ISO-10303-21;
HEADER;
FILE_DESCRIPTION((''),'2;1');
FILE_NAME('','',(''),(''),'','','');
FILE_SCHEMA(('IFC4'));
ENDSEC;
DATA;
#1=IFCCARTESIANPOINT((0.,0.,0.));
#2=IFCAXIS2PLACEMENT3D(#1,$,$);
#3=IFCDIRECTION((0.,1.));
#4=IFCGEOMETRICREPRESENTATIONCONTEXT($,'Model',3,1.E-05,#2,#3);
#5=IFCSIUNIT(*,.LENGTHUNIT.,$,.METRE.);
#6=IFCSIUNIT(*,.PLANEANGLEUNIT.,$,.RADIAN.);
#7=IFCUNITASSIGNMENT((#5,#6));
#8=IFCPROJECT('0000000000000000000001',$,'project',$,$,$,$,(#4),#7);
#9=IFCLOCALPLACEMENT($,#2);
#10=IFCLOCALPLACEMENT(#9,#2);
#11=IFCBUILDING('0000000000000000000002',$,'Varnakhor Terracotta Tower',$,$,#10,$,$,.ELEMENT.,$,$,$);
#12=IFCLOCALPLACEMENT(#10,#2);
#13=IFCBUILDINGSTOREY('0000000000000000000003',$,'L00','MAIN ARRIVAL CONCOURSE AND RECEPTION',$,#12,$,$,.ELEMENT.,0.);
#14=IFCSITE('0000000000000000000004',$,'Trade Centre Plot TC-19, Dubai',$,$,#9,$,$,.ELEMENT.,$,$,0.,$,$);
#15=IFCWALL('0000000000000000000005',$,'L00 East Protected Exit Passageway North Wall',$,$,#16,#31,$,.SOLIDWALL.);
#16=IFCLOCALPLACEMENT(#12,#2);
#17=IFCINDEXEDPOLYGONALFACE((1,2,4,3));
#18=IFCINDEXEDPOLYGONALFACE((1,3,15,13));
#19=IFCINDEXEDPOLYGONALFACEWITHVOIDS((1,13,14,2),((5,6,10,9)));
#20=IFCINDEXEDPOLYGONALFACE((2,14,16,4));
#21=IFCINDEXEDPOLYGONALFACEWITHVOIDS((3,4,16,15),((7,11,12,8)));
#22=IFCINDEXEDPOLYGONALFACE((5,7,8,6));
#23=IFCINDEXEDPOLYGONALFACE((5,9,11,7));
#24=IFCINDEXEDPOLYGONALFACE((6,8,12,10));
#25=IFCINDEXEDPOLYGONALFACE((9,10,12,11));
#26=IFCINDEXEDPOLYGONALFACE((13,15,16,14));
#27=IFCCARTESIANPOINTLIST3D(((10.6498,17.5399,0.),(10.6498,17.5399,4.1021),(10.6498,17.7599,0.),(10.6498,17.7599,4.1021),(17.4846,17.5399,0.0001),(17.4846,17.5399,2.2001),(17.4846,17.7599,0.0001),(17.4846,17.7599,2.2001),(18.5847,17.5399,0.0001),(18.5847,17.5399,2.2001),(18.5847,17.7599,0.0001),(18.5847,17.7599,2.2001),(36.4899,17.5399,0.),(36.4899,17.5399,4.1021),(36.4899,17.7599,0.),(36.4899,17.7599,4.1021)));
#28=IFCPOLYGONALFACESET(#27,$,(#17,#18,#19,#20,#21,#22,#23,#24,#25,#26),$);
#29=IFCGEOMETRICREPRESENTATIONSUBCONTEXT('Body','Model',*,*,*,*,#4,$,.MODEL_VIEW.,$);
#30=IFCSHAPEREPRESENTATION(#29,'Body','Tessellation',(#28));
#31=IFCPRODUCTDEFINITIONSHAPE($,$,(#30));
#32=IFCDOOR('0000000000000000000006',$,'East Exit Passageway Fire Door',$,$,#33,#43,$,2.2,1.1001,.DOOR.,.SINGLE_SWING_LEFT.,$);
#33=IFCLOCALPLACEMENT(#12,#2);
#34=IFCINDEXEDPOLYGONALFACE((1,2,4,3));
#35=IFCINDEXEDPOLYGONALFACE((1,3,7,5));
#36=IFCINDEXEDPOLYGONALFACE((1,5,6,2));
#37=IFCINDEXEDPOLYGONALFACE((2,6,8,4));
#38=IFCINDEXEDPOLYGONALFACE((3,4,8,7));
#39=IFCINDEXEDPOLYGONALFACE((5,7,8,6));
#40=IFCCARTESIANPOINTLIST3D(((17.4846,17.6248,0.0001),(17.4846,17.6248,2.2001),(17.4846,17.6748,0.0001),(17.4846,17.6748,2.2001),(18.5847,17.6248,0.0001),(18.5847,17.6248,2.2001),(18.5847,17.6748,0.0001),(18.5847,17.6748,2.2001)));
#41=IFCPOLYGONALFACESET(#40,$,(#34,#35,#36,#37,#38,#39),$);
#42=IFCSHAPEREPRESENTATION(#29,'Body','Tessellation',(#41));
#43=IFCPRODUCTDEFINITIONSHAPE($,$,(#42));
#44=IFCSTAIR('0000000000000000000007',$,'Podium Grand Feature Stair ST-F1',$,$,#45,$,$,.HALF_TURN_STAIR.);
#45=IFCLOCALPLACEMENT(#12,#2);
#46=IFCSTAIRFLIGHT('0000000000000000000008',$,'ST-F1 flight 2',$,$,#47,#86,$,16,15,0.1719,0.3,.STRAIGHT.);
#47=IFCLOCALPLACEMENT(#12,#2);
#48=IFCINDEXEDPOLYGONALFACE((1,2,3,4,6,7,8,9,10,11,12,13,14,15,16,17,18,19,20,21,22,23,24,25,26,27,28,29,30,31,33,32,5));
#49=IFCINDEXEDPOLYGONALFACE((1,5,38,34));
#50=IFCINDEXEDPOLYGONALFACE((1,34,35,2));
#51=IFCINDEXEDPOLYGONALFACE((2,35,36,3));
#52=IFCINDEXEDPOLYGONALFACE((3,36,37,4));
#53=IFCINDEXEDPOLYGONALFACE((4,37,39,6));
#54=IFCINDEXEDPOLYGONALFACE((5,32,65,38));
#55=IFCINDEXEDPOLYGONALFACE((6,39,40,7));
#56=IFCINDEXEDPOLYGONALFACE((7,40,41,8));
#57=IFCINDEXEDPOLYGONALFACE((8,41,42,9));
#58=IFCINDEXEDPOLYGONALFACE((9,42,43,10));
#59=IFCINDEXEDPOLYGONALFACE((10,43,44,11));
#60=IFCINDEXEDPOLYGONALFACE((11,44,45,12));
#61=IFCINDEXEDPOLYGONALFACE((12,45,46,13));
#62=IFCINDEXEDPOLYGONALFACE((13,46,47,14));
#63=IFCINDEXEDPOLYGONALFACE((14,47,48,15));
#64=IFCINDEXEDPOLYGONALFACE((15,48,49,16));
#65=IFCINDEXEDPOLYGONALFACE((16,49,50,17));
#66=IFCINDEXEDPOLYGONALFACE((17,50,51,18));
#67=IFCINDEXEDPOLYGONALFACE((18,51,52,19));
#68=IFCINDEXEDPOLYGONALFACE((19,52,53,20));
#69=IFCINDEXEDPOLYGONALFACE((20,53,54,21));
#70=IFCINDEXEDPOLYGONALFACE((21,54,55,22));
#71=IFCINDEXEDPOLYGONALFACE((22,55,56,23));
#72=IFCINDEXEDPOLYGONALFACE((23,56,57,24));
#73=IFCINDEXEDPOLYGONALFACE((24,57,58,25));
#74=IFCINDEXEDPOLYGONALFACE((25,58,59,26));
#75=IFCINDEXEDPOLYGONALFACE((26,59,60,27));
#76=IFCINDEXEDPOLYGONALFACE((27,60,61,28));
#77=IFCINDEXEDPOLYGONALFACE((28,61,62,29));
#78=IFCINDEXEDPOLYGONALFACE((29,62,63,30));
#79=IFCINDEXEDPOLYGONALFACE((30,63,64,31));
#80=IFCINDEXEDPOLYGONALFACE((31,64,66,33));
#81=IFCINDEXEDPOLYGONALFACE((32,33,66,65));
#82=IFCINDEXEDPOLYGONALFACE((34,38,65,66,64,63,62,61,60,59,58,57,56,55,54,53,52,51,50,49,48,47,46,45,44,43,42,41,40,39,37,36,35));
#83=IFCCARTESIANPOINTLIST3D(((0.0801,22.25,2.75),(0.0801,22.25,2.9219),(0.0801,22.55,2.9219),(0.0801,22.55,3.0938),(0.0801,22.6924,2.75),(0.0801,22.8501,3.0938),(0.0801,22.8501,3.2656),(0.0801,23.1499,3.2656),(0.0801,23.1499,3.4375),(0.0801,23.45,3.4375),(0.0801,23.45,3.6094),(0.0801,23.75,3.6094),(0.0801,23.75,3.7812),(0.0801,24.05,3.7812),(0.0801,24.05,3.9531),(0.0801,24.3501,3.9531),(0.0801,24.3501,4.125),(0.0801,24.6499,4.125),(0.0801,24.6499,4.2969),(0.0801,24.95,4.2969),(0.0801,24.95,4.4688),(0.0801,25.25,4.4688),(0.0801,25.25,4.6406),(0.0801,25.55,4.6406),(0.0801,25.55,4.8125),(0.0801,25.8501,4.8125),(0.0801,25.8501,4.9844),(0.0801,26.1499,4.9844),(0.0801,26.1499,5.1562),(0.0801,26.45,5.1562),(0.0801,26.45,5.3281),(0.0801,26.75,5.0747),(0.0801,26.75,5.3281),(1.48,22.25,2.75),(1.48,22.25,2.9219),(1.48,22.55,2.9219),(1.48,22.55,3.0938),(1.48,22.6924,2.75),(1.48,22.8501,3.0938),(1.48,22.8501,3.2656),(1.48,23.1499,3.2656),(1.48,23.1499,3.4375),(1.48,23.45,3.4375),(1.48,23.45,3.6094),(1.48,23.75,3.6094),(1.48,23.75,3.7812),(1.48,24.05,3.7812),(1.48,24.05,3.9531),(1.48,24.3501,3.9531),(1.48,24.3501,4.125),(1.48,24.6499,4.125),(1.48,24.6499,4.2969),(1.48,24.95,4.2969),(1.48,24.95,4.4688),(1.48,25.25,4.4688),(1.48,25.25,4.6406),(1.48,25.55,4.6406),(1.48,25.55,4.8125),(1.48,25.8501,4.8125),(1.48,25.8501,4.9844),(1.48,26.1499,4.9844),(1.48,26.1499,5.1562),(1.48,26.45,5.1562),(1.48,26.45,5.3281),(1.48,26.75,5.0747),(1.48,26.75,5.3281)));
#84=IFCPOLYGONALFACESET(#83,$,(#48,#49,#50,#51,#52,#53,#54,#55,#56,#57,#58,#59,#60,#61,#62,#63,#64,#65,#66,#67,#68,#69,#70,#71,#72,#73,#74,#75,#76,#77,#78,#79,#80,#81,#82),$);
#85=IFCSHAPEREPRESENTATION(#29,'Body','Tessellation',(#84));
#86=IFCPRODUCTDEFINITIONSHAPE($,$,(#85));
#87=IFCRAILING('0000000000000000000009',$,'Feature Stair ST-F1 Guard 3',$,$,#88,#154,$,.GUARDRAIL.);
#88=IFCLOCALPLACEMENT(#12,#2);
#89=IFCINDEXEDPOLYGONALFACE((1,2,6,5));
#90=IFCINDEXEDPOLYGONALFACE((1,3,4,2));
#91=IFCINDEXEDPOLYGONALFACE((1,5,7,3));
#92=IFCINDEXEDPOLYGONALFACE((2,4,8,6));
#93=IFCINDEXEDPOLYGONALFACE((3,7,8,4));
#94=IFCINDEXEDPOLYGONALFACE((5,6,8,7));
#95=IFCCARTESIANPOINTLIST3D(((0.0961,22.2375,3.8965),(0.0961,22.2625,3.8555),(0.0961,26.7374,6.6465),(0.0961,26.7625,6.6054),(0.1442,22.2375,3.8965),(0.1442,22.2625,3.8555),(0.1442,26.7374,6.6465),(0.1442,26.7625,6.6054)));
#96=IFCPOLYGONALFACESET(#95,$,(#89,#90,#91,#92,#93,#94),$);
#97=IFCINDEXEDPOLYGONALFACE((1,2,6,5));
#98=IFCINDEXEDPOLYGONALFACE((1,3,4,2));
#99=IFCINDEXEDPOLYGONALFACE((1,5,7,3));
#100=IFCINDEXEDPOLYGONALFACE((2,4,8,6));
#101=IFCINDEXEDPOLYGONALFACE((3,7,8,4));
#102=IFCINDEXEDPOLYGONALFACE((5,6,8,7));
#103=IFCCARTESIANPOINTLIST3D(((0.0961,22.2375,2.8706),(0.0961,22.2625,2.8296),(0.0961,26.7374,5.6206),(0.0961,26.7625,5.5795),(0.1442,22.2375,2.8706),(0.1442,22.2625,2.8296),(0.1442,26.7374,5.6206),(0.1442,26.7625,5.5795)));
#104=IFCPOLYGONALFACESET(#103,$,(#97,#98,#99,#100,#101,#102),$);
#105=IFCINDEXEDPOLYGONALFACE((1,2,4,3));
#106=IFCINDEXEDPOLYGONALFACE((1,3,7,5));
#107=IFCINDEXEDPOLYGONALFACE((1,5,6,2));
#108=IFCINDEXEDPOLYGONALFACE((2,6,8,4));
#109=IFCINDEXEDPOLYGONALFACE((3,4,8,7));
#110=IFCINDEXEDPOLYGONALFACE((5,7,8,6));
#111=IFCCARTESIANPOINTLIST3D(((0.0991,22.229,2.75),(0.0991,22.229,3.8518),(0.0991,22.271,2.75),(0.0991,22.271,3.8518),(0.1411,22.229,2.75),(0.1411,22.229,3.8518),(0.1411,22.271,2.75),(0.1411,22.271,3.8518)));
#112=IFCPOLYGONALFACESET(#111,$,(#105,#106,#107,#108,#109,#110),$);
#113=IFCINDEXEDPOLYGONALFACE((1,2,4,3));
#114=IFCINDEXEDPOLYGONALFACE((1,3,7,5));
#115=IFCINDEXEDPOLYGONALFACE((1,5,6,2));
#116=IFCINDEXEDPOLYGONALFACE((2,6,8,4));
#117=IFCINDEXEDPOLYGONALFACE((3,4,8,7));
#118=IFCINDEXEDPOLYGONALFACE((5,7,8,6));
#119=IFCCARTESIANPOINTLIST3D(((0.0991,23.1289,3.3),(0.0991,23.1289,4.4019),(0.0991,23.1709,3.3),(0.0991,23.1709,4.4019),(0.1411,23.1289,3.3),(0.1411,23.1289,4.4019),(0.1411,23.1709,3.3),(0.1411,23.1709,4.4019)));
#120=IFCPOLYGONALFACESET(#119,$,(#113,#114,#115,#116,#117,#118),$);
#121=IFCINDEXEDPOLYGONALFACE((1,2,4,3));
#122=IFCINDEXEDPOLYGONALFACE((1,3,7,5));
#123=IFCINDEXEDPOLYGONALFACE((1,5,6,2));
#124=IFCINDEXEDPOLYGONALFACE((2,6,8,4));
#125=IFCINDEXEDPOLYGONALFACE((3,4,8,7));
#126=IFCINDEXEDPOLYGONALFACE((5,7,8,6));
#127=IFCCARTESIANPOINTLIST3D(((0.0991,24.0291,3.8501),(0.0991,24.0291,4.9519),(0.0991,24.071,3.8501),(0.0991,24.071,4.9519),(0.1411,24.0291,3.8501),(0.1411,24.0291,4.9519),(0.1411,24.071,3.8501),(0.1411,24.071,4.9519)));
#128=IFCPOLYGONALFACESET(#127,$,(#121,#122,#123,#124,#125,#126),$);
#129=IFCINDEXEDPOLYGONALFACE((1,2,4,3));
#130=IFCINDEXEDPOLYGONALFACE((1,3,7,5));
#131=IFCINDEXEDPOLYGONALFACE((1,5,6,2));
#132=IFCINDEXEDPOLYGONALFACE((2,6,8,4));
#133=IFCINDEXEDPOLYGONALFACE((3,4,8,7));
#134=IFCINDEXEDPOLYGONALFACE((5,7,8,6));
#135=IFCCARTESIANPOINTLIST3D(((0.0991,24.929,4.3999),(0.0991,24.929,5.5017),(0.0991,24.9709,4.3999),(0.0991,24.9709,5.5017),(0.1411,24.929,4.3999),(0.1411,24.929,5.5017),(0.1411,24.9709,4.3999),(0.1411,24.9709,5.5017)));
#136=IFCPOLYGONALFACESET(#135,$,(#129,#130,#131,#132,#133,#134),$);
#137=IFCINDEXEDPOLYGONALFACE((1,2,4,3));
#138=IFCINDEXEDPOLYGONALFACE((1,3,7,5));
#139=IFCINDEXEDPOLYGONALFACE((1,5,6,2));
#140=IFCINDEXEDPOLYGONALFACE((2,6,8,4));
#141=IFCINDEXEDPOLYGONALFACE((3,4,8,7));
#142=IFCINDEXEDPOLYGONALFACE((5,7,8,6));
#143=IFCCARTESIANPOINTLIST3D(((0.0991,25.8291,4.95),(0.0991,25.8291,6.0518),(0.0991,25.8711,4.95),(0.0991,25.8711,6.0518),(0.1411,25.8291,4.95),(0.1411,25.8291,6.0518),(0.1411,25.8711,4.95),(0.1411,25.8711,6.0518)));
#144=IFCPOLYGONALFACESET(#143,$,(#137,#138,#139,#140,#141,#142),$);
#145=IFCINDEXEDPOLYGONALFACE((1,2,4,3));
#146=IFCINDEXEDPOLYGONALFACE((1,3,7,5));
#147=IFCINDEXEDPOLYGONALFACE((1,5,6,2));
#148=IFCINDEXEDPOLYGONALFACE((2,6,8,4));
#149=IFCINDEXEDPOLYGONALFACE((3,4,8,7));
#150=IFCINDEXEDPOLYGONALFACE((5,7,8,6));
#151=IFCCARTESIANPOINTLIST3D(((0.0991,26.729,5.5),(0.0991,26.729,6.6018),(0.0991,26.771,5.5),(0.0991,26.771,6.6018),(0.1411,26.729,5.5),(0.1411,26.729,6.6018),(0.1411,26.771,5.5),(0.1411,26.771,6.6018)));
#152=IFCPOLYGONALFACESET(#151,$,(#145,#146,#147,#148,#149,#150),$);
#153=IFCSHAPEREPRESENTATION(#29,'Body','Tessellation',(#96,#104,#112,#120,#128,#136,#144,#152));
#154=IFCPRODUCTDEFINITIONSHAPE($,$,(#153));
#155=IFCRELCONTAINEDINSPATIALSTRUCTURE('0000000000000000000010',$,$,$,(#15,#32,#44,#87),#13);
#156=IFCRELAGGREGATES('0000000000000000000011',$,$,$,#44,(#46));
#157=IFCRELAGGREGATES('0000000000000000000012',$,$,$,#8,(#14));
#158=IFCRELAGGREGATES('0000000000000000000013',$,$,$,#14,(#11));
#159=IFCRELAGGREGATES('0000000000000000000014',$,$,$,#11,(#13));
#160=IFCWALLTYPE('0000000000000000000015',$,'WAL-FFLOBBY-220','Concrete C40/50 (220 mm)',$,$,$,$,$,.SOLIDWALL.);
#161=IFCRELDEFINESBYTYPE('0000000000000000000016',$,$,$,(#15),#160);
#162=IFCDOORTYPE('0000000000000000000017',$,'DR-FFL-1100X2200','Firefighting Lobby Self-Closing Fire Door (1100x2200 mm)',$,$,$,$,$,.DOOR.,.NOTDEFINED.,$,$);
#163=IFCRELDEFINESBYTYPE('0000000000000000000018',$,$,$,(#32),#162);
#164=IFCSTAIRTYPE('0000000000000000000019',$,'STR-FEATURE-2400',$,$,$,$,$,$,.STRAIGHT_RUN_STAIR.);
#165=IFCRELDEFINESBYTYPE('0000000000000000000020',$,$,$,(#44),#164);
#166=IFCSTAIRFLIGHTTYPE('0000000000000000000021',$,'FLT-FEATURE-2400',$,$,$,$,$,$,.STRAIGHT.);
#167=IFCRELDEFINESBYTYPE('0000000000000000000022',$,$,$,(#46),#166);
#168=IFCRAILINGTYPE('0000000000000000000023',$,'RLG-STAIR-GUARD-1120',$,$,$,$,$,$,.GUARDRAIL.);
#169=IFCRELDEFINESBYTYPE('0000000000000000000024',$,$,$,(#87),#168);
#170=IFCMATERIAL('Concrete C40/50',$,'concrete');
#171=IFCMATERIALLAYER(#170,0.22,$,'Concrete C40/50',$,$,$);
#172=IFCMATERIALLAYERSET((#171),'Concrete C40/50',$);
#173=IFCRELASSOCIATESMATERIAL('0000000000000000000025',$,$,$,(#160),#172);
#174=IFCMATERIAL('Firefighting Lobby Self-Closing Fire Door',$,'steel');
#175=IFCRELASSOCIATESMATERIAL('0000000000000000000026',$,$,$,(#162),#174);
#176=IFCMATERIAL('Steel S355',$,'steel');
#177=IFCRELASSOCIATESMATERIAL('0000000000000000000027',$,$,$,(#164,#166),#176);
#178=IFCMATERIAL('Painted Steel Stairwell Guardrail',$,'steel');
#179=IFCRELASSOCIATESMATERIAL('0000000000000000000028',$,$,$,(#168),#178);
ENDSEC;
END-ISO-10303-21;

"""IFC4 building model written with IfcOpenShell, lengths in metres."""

from ifc_helpers import new_model, si_unit, direction, frame, frame_2d, origin, origin_2d, place, context, subcontext, project, spatial, polyline, rectangle, outline, extrude, source, transform, mapped, material, layer, layer_set, type_object, type_shapes, element, fill, aggregate, save


model = new_model("IFC4")

# Units and contexts
model_context = context("Model", 3, precision=1e-05, world=origin(), true_north=direction((0.0, 1.0)))
body_context = subcontext(model_context, "Body", "Model", "MODEL_VIEW")
ifc_project = project(units=[si_unit("LENGTHUNIT", "METRE"), si_unit("PLANEANGLEUNIT", "RADIAN")], contexts=[model_context])

# Site, building, storey
site_placement = place(None, origin())
site = spatial("IfcSite", under=ifc_project, at=site_placement, Name="Trade Centre Plot TC-19, Dubai", CompositionType="ELEMENT", RefElevation=0.0)
building_placement = place(site_placement, origin())
building = spatial("IfcBuilding", under=site, at=building_placement, Name="Varnakhor Terracotta Tower", CompositionType="ELEMENT")
storey_placement = place(building_placement, origin())
storey = spatial("IfcBuildingStorey", under=building, at=storey_placement, Name="L00", Description="MAIN ARRIVAL CONCOURSE AND RECEPTION", CompositionType="ELEMENT", Elevation=0.0)

# Shared definitions
ifc_material_1 = material(Name="Steel S355", Category="steel")

# Wall, opening, door
ifc_material_2 = material(Name="Concrete C40/50", Category="concrete")
ifc_layer_1 = layer(ifc_material_2, 0.22, Name="Concrete C40/50")
ifc_layer_set_1 = layer_set([ifc_layer_1], Name="Concrete C40/50")
wall_type_1 = type_object("IfcWallType", Name="WAL-FFLOBBY-220", Description="Concrete C40/50 (220 mm)", PredefinedType="SOLIDWALL", material=ifc_layer_set_1)
wall_1_placement = place(storey_placement, frame((10.6499, 17.6499, 0.0), z_axis=(0.0, 0.0, 1.0), x_axis=(1.0, 0.0, 0.0)))
wall_1 = element("IfcWall", 1, at=wall_1_placement, inside=storey, type_object=wall_type_1, Name="L00 East Protected Exit Passageway North Wall", PredefinedType="SOLIDWALL", context=body_context, shape_type="SweptSolid", body=[
    extrude(rectangle(XDim=25.8401, YDim=0.22, at=frame_2d((12.9199, 0.0))), origin(), (0.0, 0.0, 1.0), 4.1021),
])
opening_1_placement = place(wall_1_placement, frame((6.8347, 0.0, 0.0)))
opening_1 = element("IfcOpeningElement", 2, at=opening_1_placement, cuts=wall_1, PredefinedType="OPENING", context=body_context, shape_type="SweptSolid", body=[
    extrude(rectangle(XDim=1.1001, YDim=2.2, at=frame_2d((0.55, 1.1001))), frame((0.0, 0.1201, 0.0), z_axis=(0.0, -1.0, 0.0), x_axis=(1.0, 0.0, 0.0)), (0.0, 0.0, 1.0), 0.24),
])
ifc_material_3 = material(Name="Firefighting Lobby Self-Closing Fire Door", Category="steel")
door_type_1 = type_object("IfcDoorType", Name="DR-FFL-1100X2200", Description="Firefighting Lobby Self-Closing Fire Door (1100x2200 mm)", OperationType="NOTDEFINED", PredefinedType="DOOR", material=ifc_material_3)
shared_shape_1 = source(origin(), body_context, "Body", "SweptSolid", [
    extrude(rectangle(XDim=1.1001, YDim=2.2, at=frame_2d((0.55, 1.1001))), frame((0.0, 0.0249, 0.0), z_axis=(0.0, -1.0, 0.0), x_axis=(1.0, 0.0, 0.0)), (0.0, 0.0, 1.0), 0.05),
])
type_shapes(door_type_1, [shared_shape_1])
door_1_placement = place(opening_1_placement, origin())
door_1 = element("IfcDoor", 3, at=door_1_placement, inside=storey, type_object=door_type_1, Name="East Exit Passageway Fire Door", OperationType="SINGLE_SWING_LEFT", OverallHeight=2.2, OverallWidth=1.1001, PredefinedType="DOOR", context=body_context, shape_type="MappedRepresentation", body=[
    mapped(shared_shape_1, transform((0.0, 0.0, 0.0), scale=1.0)),
])
fill(opening_1, door_1)

# Stair, stair flight
stair_type = type_object("IfcStairType", Name="STR-FEATURE-2400", PredefinedType="STRAIGHT_RUN_STAIR", material=ifc_material_1)
stair_placement = place(storey_placement, origin())
stair = element("IfcStair", 4, at=stair_placement, inside=storey, type_object=stair_type, Name="Podium Grand Feature Stair ST-F1", PredefinedType="HALF_TURN_STAIR")
stair_flight_type = type_object("IfcStairFlightType", Name="FLT-FEATURE-2400", PredefinedType="STRAIGHT", material=ifc_material_1)
stair_flight_placement = place(storey_placement, frame((0.78, 22.25, 2.75), z_axis=(0.0, 0.0, 1.0), x_axis=(0.0, 1.0, 0.0)))
stair_flight = element("IfcStairFlight", 5, at=stair_flight_placement, type_object=stair_flight_type, Name="ST-F1 flight 2", NumberOfRisers=16, NumberOfTreads=15, PredefinedType="STRAIGHT", RiserHeight=0.1719, TreadLength=0.3, context=body_context, shape_type="SweptSolid", body=[
    extrude(outline(polyline([(0.0, 0.0), (0.0, 0.1719), (0.3, 0.1719), (0.3, 0.3438), (0.6001, 0.3438), (0.6001, 0.5156), (0.8999, 0.5156), (0.8999, 0.6875), (1.2, 0.6875), (1.2, 0.8594), (1.5, 0.8594), (1.5, 1.0312), (1.8, 1.0312), (1.8, 1.2031), (2.1001, 1.2031), (2.1001, 1.375), (2.3999, 1.375), (2.3999, 1.5469), (2.7, 1.5469), (2.7, 1.7188), (3.0, 1.7188), (3.0, 1.8906), (3.3, 1.8906), (3.3, 2.0625), (3.6001, 2.0625), (3.6001, 2.2344), (3.8999, 2.2344), (3.8999, 2.4062), (4.2, 2.4062), (4.2, 2.5781), (4.5, 2.5781), (4.5, 2.75), (4.5, 2.3247), (0.4424, 0.0), (0.0, 0.0)])), frame((0.0, 0.7, 0.0), z_axis=(0.0, -1.0, 0.0), x_axis=(1.0, 0.0, 0.0)), (0.0, 0.0, 1.0), 1.3999),
])
aggregate(stair, [stair_flight])

# Railing
ifc_material_4 = material(Name="Painted Steel Stairwell Guardrail", Category="steel")
railing_type = type_object("IfcRailingType", Name="RLG-STAIR-GUARD-1120", PredefinedType="GUARDRAIL", material=ifc_material_4)
for number, where, name in (
    (6, (0.1201, 22.25, 2.75), "Feature Stair ST-F1 Guard 3"),
):
    element("IfcRailing", number, at=place(storey_placement, frame(where)), inside=storey, type_object=railing_type, Name=name, PredefinedType="GUARDRAIL", context=body_context, shape_type="SweptSolid", body=[
        extrude(rectangle(XDim=0.0481, YDim=0.0481, at=origin_2d()), frame((0.0, 0.0, 1.126), z_axis=(0.0, 0.853282, 0.52145), x_axis=(-1.0, 0.0, 0.0)), (0.0, 0.0, 1.0), 5.2737),
        extrude(rectangle(XDim=0.0481, YDim=0.0481, at=origin_2d()), frame((0.0, 0.0, 0.1001), z_axis=(0.0, 0.853282, 0.52145), x_axis=(-1.0, 0.0, 0.0)), (0.0, 0.0, 1.0), 5.2737),
        extrude(rectangle(XDim=0.042, YDim=0.042, at=origin_2d()), origin(), (0.0, 0.0, 1.0), 1.1018),
        extrude(rectangle(XDim=0.042, YDim=0.042, at=origin_2d()), frame((0.0, 0.8999, 0.55)), (0.0, 0.0, 1.0), 1.1018),
        extrude(rectangle(XDim=0.042, YDim=0.042, at=origin_2d()), frame((0.0, 1.8, 1.1001)), (0.0, 0.0, 1.0), 1.1018),
        extrude(rectangle(XDim=0.042, YDim=0.042, at=origin_2d()), frame((0.0, 2.7, 1.6499)), (0.0, 0.0, 1.0), 1.1018),
        extrude(rectangle(XDim=0.042, YDim=0.042, at=origin_2d()), frame((0.0, 3.6001, 2.2)), (0.0, 0.0, 1.0), 1.1018),
        extrude(rectangle(XDim=0.042, YDim=0.042, at=origin_2d()), frame((0.0, 4.5, 2.75)), (0.0, 0.0, 1.0), 1.1018),
    ])

save(model, "model.ifc")
